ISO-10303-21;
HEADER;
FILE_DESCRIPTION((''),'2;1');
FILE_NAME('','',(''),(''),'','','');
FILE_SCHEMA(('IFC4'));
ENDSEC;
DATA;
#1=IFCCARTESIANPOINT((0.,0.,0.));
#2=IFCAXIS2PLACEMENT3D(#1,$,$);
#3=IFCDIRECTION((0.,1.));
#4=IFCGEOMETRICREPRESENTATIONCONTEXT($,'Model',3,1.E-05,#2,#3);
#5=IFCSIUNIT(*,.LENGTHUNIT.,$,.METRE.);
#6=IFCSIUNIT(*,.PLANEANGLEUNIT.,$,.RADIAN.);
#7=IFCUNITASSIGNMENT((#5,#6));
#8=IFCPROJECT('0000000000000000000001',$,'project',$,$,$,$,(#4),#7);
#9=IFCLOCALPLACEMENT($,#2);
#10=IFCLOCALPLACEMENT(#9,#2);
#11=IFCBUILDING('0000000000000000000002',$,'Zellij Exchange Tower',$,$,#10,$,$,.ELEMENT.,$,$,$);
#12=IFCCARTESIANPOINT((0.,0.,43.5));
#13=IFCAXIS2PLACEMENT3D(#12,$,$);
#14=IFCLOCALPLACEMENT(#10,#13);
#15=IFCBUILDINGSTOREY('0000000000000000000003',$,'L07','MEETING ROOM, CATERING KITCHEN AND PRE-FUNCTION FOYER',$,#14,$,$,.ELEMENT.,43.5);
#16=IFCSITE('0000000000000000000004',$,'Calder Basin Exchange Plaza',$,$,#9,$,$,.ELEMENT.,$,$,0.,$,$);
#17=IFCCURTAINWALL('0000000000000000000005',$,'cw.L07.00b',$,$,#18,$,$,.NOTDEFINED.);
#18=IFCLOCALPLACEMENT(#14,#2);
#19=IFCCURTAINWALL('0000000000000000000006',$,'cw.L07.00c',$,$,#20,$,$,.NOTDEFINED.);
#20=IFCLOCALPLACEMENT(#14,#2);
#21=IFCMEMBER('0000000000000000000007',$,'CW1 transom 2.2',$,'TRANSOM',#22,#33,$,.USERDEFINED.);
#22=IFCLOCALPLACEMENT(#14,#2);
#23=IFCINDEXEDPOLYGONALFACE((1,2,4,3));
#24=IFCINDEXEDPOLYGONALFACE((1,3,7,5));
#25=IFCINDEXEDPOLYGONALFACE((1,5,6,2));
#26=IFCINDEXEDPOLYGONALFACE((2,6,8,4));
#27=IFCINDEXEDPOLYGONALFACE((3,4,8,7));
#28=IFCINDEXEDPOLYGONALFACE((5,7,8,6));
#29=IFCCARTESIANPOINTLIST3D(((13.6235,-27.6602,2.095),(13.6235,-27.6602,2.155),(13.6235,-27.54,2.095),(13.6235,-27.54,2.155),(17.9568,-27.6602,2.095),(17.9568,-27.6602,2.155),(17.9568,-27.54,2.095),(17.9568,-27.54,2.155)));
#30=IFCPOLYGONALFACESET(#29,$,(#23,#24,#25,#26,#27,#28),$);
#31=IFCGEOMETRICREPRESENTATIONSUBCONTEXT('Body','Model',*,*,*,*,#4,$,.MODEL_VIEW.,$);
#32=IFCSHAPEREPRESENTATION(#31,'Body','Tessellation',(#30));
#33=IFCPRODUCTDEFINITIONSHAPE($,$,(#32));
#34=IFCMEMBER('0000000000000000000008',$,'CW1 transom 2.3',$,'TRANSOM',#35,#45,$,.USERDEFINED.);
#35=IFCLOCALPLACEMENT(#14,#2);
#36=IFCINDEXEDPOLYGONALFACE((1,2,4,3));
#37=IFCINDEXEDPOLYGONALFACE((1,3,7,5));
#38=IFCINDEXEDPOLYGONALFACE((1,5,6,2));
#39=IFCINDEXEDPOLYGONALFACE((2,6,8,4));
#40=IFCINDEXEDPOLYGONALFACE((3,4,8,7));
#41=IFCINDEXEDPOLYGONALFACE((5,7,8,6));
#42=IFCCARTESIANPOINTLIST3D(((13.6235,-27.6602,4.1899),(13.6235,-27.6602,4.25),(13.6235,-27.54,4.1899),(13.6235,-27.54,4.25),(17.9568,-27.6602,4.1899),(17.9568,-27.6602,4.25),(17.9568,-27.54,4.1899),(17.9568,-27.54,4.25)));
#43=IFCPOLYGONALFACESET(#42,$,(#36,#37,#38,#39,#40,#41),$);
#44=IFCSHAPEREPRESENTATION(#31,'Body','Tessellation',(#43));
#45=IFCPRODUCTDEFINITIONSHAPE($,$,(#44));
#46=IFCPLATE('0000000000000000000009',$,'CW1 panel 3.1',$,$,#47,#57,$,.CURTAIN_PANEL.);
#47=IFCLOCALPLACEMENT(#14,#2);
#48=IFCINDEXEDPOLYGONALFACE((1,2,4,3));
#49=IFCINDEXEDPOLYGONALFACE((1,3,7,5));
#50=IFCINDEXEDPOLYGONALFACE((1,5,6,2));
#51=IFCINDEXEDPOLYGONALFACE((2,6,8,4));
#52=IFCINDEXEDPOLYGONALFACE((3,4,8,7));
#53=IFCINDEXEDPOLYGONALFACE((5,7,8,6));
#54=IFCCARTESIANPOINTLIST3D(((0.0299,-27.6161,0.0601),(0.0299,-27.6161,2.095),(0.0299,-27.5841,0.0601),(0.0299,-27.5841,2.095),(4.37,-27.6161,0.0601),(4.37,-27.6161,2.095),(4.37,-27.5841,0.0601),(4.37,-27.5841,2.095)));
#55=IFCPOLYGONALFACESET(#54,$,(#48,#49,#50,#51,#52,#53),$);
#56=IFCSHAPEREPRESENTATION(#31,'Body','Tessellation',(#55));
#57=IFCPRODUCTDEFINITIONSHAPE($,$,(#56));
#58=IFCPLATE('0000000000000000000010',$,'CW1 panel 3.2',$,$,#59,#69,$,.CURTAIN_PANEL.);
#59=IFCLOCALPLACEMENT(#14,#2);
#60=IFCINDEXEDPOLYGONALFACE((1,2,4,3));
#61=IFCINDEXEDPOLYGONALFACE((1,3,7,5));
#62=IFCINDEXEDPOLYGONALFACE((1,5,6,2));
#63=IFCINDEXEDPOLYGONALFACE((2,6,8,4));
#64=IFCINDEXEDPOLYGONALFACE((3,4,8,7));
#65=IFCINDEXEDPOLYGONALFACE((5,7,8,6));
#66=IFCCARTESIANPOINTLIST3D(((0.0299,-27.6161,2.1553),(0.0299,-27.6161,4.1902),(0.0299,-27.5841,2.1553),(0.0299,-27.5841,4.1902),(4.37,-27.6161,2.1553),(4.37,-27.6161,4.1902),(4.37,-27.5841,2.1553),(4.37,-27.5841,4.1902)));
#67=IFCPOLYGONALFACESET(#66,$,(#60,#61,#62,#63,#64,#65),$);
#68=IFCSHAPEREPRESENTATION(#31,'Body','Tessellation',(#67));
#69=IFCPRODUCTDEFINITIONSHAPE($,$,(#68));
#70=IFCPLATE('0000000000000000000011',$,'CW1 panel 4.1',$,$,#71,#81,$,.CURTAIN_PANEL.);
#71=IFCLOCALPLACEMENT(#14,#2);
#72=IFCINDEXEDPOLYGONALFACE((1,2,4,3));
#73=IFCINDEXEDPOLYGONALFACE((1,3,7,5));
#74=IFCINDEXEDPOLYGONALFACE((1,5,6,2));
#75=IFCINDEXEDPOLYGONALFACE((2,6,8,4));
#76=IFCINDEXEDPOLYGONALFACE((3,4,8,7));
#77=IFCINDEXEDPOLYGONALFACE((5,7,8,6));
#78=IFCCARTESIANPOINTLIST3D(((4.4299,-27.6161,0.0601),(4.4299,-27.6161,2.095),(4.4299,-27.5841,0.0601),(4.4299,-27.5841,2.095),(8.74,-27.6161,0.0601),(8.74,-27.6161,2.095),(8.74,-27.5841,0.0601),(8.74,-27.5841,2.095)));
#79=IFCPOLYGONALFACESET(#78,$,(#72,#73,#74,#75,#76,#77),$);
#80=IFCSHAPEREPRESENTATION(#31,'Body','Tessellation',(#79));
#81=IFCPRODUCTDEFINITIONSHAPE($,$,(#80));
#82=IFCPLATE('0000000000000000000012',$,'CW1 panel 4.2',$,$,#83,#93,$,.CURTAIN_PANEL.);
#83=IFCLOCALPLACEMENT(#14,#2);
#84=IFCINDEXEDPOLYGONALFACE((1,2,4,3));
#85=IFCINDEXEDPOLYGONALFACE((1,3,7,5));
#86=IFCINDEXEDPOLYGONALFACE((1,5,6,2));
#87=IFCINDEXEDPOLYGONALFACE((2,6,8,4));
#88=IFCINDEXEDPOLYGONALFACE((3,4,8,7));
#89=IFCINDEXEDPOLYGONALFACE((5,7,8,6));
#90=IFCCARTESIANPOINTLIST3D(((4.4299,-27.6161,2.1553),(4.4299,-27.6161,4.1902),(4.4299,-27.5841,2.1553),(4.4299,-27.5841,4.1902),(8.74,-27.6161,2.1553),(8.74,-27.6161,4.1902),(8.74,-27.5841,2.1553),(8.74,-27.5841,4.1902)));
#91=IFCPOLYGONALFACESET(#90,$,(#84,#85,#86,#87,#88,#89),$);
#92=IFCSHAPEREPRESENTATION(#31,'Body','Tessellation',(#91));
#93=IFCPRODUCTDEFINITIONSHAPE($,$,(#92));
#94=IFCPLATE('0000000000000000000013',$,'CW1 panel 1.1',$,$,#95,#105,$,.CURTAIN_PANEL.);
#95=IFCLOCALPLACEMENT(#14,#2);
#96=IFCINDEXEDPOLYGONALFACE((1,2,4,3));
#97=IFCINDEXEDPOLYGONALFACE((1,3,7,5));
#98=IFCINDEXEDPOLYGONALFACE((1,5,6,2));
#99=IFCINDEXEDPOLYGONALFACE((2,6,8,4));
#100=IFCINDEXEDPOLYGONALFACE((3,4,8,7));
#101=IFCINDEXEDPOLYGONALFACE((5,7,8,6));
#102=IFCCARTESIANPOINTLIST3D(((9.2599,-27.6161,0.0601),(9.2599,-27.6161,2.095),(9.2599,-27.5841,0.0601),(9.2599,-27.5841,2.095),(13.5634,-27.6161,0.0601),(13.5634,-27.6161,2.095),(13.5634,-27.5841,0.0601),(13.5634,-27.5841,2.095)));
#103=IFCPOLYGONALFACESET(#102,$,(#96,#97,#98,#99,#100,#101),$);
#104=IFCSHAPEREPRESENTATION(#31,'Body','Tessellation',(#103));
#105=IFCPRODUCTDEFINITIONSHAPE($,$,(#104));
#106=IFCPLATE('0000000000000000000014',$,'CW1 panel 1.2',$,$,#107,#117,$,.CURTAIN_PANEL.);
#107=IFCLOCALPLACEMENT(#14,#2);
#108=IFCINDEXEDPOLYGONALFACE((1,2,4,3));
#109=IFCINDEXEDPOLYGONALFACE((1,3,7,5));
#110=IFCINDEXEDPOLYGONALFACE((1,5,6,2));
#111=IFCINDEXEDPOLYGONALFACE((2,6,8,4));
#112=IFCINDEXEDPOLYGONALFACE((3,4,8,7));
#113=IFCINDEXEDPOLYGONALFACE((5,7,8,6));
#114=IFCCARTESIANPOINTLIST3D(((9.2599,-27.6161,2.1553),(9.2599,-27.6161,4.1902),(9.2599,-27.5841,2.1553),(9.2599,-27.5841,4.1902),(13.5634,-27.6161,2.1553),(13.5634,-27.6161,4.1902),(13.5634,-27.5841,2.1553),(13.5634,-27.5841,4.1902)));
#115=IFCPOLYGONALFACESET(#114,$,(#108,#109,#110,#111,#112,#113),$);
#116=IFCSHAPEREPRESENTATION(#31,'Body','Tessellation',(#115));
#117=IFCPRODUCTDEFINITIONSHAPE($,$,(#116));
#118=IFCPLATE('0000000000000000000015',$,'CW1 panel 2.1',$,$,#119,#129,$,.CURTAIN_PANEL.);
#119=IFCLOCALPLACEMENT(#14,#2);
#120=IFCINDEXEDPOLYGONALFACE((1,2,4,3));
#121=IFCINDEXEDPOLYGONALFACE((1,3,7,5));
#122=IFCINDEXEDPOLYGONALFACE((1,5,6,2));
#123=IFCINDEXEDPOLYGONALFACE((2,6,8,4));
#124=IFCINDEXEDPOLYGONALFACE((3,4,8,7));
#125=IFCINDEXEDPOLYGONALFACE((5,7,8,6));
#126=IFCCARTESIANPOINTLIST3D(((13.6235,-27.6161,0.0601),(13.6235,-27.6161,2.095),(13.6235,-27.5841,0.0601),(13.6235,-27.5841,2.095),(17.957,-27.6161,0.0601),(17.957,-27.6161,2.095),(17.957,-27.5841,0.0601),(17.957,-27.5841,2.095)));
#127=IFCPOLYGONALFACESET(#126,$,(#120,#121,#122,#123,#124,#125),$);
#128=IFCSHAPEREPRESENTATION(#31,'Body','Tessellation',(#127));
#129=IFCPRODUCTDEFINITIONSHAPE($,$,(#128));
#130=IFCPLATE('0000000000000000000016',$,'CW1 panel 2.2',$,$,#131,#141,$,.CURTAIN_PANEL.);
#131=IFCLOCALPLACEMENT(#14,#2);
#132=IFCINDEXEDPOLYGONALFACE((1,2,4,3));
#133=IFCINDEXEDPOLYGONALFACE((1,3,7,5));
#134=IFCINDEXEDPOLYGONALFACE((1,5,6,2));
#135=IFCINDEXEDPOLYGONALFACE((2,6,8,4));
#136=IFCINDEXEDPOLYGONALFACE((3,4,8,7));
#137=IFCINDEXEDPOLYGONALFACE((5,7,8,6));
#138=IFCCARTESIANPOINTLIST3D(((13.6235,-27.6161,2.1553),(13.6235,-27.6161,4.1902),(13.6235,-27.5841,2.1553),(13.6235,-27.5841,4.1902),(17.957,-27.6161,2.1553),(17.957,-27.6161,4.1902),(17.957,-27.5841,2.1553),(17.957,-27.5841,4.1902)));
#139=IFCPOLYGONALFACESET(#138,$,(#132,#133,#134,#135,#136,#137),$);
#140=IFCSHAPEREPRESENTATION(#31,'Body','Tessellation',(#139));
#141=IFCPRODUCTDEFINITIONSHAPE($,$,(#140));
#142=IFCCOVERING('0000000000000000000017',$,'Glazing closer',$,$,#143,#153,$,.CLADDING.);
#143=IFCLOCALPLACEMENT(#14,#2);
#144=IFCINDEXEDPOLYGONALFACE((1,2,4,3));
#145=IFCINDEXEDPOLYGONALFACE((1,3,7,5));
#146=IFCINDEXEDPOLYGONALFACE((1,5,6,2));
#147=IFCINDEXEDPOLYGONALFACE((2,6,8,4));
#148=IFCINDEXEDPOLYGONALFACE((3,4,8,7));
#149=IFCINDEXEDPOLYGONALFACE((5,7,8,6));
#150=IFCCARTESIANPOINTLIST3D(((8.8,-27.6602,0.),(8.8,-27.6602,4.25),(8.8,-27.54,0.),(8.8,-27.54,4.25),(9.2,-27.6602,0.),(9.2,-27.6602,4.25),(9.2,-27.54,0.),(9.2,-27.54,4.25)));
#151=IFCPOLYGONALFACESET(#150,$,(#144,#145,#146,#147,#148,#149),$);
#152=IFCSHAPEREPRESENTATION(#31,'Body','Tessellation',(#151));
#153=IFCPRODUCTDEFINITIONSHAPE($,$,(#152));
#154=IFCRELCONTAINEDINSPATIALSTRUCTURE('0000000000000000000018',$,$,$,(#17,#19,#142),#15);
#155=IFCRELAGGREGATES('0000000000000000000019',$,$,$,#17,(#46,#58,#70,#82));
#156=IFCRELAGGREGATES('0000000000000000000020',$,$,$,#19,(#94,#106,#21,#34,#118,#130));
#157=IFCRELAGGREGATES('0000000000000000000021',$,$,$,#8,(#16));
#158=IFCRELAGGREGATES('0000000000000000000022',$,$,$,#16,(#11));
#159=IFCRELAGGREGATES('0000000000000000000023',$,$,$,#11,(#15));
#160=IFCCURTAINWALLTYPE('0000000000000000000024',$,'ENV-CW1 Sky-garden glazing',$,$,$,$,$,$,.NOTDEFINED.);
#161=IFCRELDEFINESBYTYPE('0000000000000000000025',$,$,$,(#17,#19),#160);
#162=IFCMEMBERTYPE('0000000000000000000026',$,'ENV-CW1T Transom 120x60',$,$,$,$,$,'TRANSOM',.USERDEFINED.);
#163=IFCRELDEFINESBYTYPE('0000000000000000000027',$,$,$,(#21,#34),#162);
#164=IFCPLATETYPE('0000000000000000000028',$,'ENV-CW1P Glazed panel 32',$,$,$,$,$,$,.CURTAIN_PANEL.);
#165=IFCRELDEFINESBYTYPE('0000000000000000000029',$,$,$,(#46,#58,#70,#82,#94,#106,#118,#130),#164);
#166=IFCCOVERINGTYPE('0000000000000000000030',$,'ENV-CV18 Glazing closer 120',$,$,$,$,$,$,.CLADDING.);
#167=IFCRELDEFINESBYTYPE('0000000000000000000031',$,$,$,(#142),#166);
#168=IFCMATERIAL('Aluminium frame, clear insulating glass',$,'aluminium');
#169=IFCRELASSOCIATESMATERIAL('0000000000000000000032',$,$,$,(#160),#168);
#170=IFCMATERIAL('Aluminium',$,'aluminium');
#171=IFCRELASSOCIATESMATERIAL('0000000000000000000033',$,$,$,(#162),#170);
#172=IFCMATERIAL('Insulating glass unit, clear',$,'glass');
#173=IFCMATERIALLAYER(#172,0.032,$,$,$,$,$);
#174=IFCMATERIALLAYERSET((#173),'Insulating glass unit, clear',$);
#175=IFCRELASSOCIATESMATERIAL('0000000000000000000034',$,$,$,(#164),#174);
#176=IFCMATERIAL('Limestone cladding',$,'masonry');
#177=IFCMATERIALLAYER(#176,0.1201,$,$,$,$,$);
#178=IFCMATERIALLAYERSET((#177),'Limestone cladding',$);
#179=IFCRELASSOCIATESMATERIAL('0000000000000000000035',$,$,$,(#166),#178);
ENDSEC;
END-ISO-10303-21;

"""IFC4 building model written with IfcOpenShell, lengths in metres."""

from ifc_helpers import new_model, si_unit, direction, frame, origin, origin_2d, place, context, subcontext, project, spatial, rectangle, extrude, material, layer, layer_set, material_profile, profile_set, type_object, element, aggregate, save


model = new_model("IFC4")

# Units and contexts
model_context = context("Model", 3, precision=1e-05, world=origin(), true_north=direction((0.0, 1.0)))
body_context = subcontext(model_context, "Body", "Model", "MODEL_VIEW")
ifc_project = project(units=[si_unit("LENGTHUNIT", "METRE"), si_unit("PLANEANGLEUNIT", "RADIAN")], contexts=[model_context])

# Site, building, storey
site_placement = place(None, origin())
site = spatial("IfcSite", under=ifc_project, at=site_placement, Name="Calder Basin Exchange Plaza", CompositionType="ELEMENT", RefElevation=0.0)
building_placement = place(site_placement, origin())
building = spatial("IfcBuilding", under=site, at=building_placement, Name="Zellij Exchange Tower", CompositionType="ELEMENT")
storey_placement = place(building_placement, frame((0.0, 0.0, 43.5)))
storey = spatial("IfcBuildingStorey", under=building, at=storey_placement, Name="L07", Description="MEETING ROOM, CATERING KITCHEN AND PRE-FUNCTION FOYER", CompositionType="ELEMENT", Elevation=43.5)

# Curtain walls
ifc_material_1 = material(Name="Aluminium frame, clear insulating glass", Category="aluminium")
curtain_wall_type = type_object("IfcCurtainWallType", Name="ENV-CW1 Sky-garden glazing", PredefinedType="NOTDEFINED", material=ifc_material_1)
curtain_wall_1_placement = place(storey_placement, origin())
curtain_wall_1 = element("IfcCurtainWall", 1, at=curtain_wall_1_placement, inside=storey, type_object=curtain_wall_type, Name="cw.L07.00b", PredefinedType="NOTDEFINED")
ifc_material_2 = material(Name="Aluminium", Category="aluminium")
curtain_wall_2_placement = place(storey_placement, origin())
curtain_wall_2 = element("IfcCurtainWall", 2, at=curtain_wall_2_placement, inside=storey, type_object=curtain_wall_type, Name="cw.L07.00c", PredefinedType="NOTDEFINED")

# Members
ifc_material_profile_1 = material_profile(ifc_material_2, rectangle(XDim=0.1201, YDim=0.0601, at=origin_2d()), Name="AL 120x60")
ifc_profile_set_1 = profile_set([ifc_material_profile_1], Name="Aluminium")
member_type_1 = type_object("IfcMemberType", Name="ENV-CW1T Transom 120x60", ElementType="TRANSOM", PredefinedType="USERDEFINED", material=ifc_profile_set_1)
member_1_placement = place(storey_placement, frame((13.6235, -27.6001, 2.125), z_axis=(1.0, 0.0, 0.0), x_axis=(0.0, 1.0, 0.0)))
member_1 = element("IfcMember", 3, at=member_1_placement, type_object=member_type_1, Name="CW1 transom 2.2", ObjectType="TRANSOM", PredefinedType="USERDEFINED", context=body_context, shape_type="SweptSolid", body=[
    extrude(rectangle(XDim=0.1201, YDim=0.0601, at=origin_2d()), origin(), (0.0, 0.0, 1.0), 4.3333),
])
member_2_placement = place(storey_placement, frame((13.6235, -27.6001, 4.22), z_axis=(1.0, 0.0, 0.0), x_axis=(0.0, 1.0, 0.0)))
member_2 = element("IfcMember", 4, at=member_2_placement, type_object=member_type_1, Name="CW1 transom 2.3", ObjectType="TRANSOM", PredefinedType="USERDEFINED", context=body_context, shape_type="SweptSolid", body=[
    extrude(rectangle(XDim=0.1201, YDim=0.0601, at=origin_2d()), origin(), (0.0, 0.0, 1.0), 4.3333),
])

# Plates
ifc_material_3 = material(Name="Insulating glass unit, clear", Category="glass")
ifc_layer_1 = layer(ifc_material_3, 0.032)
ifc_layer_set_1 = layer_set([ifc_layer_1], Name="Insulating glass unit, clear")
plate_type = type_object("IfcPlateType", Name="ENV-CW1P Glazed panel 32", PredefinedType="CURTAIN_PANEL", material=ifc_layer_set_1)
plate_1_placement = place(storey_placement, frame((2.2, -27.6001, 0.0601), z_axis=(0.0, 0.0, 1.0), x_axis=(1.0, 0.0, 0.0)))
plate_1 = element("IfcPlate", 5, at=plate_1_placement, type_object=plate_type, Name="CW1 panel 3.1", PredefinedType="CURTAIN_PANEL", context=body_context, shape_type="SweptSolid", body=[
    extrude(rectangle(XDim=4.3401, YDim=0.032, at=origin_2d()), origin(), (0.0, 0.0, 1.0), 2.0349),
])
plate_2_placement = place(storey_placement, frame((2.2, -27.6001, 2.1553), z_axis=(0.0, 0.0, 1.0), x_axis=(1.0, 0.0, 0.0)))
plate_2 = element("IfcPlate", 6, at=plate_2_placement, type_object=plate_type, Name="CW1 panel 3.2", PredefinedType="CURTAIN_PANEL", context=body_context, shape_type="SweptSolid", body=[
    extrude(rectangle(XDim=4.3401, YDim=0.032, at=origin_2d()), origin(), (0.0, 0.0, 1.0), 2.0349),
])
plate_3_placement = place(storey_placement, frame((6.585, -27.6001, 0.0601), z_axis=(0.0, 0.0, 1.0), x_axis=(1.0, 0.0, 0.0)))
plate_3 = element("IfcPlate", 7, at=plate_3_placement, type_object=plate_type, Name="CW1 panel 4.1", PredefinedType="CURTAIN_PANEL", context=body_context, shape_type="SweptSolid", body=[
    extrude(rectangle(XDim=4.3101, YDim=0.032, at=origin_2d()), origin(), (0.0, 0.0, 1.0), 2.0349),
])
plate_4_placement = place(storey_placement, frame((6.585, -27.6001, 2.1553), z_axis=(0.0, 0.0, 1.0), x_axis=(1.0, 0.0, 0.0)))
plate_4 = element("IfcPlate", 8, at=plate_4_placement, type_object=plate_type, Name="CW1 panel 4.2", PredefinedType="CURTAIN_PANEL", context=body_context, shape_type="SweptSolid", body=[
    extrude(rectangle(XDim=4.3101, YDim=0.032, at=origin_2d()), origin(), (0.0, 0.0, 1.0), 2.0349),
])
aggregate(curtain_wall_1, [plate_1, plate_2, plate_3, plate_4])
plate_5_placement = place(storey_placement, frame((11.4116, -27.6001, 0.0601), z_axis=(0.0, 0.0, 1.0), x_axis=(1.0, 0.0, 0.0)))
plate_5 = element("IfcPlate", 9, at=plate_5_placement, type_object=plate_type, Name="CW1 panel 1.1", PredefinedType="CURTAIN_PANEL", context=body_context, shape_type="SweptSolid", body=[
    extrude(rectangle(XDim=4.3035, YDim=0.032, at=origin_2d()), origin(), (0.0, 0.0, 1.0), 2.0349),
])
plate_6_placement = place(storey_placement, frame((11.4116, -27.6001, 2.1553), z_axis=(0.0, 0.0, 1.0), x_axis=(1.0, 0.0, 0.0)))
plate_6 = element("IfcPlate", 10, at=plate_6_placement, type_object=plate_type, Name="CW1 panel 1.2", PredefinedType="CURTAIN_PANEL", context=body_context, shape_type="SweptSolid", body=[
    extrude(rectangle(XDim=4.3035, YDim=0.032, at=origin_2d()), origin(), (0.0, 0.0, 1.0), 2.0349),
])
plate_7_placement = place(storey_placement, frame((15.7903, -27.6001, 0.0601), z_axis=(0.0, 0.0, 1.0), x_axis=(1.0, 0.0, 0.0)))
plate_7 = element("IfcPlate", 11, at=plate_7_placement, type_object=plate_type, Name="CW1 panel 2.1", PredefinedType="CURTAIN_PANEL", context=body_context, shape_type="SweptSolid", body=[
    extrude(rectangle(XDim=4.3335, YDim=0.032, at=origin_2d()), origin(), (0.0, 0.0, 1.0), 2.0349),
])
plate_8_placement = place(storey_placement, frame((15.7903, -27.6001, 2.1553), z_axis=(0.0, 0.0, 1.0), x_axis=(1.0, 0.0, 0.0)))
plate_8 = element("IfcPlate", 12, at=plate_8_placement, type_object=plate_type, Name="CW1 panel 2.2", PredefinedType="CURTAIN_PANEL", context=body_context, shape_type="SweptSolid", body=[
    extrude(rectangle(XDim=4.3335, YDim=0.032, at=origin_2d()), origin(), (0.0, 0.0, 1.0), 2.0349),
])
aggregate(curtain_wall_2, [plate_5, plate_6, member_1, member_2, plate_7, plate_8])

# Covering
ifc_material_4 = material(Name="Limestone cladding", Category="masonry")
ifc_layer_2 = layer(ifc_material_4, 0.1201)
ifc_layer_set_2 = layer_set([ifc_layer_2], Name="Limestone cladding")
covering_type_1 = type_object("IfcCoveringType", Name="ENV-CV18 Glazing closer 120", PredefinedType="CLADDING", material=ifc_layer_set_2)
covering_1_placement = place(storey_placement, frame((9.0, -27.6001, 0.0), z_axis=(0.0, 0.0, 1.0), x_axis=(1.0, 0.0, 0.0)))
element("IfcCovering", 13, at=covering_1_placement, inside=storey, type_object=covering_type_1, Name="Glazing closer", PredefinedType="CLADDING", context=body_context, shape_type="SweptSolid", body=[
    extrude(rectangle(XDim=0.3999, YDim=0.1201, at=origin_2d()), origin(), (0.0, 0.0, 1.0), 4.25),
])

save(model, "model.ifc")
